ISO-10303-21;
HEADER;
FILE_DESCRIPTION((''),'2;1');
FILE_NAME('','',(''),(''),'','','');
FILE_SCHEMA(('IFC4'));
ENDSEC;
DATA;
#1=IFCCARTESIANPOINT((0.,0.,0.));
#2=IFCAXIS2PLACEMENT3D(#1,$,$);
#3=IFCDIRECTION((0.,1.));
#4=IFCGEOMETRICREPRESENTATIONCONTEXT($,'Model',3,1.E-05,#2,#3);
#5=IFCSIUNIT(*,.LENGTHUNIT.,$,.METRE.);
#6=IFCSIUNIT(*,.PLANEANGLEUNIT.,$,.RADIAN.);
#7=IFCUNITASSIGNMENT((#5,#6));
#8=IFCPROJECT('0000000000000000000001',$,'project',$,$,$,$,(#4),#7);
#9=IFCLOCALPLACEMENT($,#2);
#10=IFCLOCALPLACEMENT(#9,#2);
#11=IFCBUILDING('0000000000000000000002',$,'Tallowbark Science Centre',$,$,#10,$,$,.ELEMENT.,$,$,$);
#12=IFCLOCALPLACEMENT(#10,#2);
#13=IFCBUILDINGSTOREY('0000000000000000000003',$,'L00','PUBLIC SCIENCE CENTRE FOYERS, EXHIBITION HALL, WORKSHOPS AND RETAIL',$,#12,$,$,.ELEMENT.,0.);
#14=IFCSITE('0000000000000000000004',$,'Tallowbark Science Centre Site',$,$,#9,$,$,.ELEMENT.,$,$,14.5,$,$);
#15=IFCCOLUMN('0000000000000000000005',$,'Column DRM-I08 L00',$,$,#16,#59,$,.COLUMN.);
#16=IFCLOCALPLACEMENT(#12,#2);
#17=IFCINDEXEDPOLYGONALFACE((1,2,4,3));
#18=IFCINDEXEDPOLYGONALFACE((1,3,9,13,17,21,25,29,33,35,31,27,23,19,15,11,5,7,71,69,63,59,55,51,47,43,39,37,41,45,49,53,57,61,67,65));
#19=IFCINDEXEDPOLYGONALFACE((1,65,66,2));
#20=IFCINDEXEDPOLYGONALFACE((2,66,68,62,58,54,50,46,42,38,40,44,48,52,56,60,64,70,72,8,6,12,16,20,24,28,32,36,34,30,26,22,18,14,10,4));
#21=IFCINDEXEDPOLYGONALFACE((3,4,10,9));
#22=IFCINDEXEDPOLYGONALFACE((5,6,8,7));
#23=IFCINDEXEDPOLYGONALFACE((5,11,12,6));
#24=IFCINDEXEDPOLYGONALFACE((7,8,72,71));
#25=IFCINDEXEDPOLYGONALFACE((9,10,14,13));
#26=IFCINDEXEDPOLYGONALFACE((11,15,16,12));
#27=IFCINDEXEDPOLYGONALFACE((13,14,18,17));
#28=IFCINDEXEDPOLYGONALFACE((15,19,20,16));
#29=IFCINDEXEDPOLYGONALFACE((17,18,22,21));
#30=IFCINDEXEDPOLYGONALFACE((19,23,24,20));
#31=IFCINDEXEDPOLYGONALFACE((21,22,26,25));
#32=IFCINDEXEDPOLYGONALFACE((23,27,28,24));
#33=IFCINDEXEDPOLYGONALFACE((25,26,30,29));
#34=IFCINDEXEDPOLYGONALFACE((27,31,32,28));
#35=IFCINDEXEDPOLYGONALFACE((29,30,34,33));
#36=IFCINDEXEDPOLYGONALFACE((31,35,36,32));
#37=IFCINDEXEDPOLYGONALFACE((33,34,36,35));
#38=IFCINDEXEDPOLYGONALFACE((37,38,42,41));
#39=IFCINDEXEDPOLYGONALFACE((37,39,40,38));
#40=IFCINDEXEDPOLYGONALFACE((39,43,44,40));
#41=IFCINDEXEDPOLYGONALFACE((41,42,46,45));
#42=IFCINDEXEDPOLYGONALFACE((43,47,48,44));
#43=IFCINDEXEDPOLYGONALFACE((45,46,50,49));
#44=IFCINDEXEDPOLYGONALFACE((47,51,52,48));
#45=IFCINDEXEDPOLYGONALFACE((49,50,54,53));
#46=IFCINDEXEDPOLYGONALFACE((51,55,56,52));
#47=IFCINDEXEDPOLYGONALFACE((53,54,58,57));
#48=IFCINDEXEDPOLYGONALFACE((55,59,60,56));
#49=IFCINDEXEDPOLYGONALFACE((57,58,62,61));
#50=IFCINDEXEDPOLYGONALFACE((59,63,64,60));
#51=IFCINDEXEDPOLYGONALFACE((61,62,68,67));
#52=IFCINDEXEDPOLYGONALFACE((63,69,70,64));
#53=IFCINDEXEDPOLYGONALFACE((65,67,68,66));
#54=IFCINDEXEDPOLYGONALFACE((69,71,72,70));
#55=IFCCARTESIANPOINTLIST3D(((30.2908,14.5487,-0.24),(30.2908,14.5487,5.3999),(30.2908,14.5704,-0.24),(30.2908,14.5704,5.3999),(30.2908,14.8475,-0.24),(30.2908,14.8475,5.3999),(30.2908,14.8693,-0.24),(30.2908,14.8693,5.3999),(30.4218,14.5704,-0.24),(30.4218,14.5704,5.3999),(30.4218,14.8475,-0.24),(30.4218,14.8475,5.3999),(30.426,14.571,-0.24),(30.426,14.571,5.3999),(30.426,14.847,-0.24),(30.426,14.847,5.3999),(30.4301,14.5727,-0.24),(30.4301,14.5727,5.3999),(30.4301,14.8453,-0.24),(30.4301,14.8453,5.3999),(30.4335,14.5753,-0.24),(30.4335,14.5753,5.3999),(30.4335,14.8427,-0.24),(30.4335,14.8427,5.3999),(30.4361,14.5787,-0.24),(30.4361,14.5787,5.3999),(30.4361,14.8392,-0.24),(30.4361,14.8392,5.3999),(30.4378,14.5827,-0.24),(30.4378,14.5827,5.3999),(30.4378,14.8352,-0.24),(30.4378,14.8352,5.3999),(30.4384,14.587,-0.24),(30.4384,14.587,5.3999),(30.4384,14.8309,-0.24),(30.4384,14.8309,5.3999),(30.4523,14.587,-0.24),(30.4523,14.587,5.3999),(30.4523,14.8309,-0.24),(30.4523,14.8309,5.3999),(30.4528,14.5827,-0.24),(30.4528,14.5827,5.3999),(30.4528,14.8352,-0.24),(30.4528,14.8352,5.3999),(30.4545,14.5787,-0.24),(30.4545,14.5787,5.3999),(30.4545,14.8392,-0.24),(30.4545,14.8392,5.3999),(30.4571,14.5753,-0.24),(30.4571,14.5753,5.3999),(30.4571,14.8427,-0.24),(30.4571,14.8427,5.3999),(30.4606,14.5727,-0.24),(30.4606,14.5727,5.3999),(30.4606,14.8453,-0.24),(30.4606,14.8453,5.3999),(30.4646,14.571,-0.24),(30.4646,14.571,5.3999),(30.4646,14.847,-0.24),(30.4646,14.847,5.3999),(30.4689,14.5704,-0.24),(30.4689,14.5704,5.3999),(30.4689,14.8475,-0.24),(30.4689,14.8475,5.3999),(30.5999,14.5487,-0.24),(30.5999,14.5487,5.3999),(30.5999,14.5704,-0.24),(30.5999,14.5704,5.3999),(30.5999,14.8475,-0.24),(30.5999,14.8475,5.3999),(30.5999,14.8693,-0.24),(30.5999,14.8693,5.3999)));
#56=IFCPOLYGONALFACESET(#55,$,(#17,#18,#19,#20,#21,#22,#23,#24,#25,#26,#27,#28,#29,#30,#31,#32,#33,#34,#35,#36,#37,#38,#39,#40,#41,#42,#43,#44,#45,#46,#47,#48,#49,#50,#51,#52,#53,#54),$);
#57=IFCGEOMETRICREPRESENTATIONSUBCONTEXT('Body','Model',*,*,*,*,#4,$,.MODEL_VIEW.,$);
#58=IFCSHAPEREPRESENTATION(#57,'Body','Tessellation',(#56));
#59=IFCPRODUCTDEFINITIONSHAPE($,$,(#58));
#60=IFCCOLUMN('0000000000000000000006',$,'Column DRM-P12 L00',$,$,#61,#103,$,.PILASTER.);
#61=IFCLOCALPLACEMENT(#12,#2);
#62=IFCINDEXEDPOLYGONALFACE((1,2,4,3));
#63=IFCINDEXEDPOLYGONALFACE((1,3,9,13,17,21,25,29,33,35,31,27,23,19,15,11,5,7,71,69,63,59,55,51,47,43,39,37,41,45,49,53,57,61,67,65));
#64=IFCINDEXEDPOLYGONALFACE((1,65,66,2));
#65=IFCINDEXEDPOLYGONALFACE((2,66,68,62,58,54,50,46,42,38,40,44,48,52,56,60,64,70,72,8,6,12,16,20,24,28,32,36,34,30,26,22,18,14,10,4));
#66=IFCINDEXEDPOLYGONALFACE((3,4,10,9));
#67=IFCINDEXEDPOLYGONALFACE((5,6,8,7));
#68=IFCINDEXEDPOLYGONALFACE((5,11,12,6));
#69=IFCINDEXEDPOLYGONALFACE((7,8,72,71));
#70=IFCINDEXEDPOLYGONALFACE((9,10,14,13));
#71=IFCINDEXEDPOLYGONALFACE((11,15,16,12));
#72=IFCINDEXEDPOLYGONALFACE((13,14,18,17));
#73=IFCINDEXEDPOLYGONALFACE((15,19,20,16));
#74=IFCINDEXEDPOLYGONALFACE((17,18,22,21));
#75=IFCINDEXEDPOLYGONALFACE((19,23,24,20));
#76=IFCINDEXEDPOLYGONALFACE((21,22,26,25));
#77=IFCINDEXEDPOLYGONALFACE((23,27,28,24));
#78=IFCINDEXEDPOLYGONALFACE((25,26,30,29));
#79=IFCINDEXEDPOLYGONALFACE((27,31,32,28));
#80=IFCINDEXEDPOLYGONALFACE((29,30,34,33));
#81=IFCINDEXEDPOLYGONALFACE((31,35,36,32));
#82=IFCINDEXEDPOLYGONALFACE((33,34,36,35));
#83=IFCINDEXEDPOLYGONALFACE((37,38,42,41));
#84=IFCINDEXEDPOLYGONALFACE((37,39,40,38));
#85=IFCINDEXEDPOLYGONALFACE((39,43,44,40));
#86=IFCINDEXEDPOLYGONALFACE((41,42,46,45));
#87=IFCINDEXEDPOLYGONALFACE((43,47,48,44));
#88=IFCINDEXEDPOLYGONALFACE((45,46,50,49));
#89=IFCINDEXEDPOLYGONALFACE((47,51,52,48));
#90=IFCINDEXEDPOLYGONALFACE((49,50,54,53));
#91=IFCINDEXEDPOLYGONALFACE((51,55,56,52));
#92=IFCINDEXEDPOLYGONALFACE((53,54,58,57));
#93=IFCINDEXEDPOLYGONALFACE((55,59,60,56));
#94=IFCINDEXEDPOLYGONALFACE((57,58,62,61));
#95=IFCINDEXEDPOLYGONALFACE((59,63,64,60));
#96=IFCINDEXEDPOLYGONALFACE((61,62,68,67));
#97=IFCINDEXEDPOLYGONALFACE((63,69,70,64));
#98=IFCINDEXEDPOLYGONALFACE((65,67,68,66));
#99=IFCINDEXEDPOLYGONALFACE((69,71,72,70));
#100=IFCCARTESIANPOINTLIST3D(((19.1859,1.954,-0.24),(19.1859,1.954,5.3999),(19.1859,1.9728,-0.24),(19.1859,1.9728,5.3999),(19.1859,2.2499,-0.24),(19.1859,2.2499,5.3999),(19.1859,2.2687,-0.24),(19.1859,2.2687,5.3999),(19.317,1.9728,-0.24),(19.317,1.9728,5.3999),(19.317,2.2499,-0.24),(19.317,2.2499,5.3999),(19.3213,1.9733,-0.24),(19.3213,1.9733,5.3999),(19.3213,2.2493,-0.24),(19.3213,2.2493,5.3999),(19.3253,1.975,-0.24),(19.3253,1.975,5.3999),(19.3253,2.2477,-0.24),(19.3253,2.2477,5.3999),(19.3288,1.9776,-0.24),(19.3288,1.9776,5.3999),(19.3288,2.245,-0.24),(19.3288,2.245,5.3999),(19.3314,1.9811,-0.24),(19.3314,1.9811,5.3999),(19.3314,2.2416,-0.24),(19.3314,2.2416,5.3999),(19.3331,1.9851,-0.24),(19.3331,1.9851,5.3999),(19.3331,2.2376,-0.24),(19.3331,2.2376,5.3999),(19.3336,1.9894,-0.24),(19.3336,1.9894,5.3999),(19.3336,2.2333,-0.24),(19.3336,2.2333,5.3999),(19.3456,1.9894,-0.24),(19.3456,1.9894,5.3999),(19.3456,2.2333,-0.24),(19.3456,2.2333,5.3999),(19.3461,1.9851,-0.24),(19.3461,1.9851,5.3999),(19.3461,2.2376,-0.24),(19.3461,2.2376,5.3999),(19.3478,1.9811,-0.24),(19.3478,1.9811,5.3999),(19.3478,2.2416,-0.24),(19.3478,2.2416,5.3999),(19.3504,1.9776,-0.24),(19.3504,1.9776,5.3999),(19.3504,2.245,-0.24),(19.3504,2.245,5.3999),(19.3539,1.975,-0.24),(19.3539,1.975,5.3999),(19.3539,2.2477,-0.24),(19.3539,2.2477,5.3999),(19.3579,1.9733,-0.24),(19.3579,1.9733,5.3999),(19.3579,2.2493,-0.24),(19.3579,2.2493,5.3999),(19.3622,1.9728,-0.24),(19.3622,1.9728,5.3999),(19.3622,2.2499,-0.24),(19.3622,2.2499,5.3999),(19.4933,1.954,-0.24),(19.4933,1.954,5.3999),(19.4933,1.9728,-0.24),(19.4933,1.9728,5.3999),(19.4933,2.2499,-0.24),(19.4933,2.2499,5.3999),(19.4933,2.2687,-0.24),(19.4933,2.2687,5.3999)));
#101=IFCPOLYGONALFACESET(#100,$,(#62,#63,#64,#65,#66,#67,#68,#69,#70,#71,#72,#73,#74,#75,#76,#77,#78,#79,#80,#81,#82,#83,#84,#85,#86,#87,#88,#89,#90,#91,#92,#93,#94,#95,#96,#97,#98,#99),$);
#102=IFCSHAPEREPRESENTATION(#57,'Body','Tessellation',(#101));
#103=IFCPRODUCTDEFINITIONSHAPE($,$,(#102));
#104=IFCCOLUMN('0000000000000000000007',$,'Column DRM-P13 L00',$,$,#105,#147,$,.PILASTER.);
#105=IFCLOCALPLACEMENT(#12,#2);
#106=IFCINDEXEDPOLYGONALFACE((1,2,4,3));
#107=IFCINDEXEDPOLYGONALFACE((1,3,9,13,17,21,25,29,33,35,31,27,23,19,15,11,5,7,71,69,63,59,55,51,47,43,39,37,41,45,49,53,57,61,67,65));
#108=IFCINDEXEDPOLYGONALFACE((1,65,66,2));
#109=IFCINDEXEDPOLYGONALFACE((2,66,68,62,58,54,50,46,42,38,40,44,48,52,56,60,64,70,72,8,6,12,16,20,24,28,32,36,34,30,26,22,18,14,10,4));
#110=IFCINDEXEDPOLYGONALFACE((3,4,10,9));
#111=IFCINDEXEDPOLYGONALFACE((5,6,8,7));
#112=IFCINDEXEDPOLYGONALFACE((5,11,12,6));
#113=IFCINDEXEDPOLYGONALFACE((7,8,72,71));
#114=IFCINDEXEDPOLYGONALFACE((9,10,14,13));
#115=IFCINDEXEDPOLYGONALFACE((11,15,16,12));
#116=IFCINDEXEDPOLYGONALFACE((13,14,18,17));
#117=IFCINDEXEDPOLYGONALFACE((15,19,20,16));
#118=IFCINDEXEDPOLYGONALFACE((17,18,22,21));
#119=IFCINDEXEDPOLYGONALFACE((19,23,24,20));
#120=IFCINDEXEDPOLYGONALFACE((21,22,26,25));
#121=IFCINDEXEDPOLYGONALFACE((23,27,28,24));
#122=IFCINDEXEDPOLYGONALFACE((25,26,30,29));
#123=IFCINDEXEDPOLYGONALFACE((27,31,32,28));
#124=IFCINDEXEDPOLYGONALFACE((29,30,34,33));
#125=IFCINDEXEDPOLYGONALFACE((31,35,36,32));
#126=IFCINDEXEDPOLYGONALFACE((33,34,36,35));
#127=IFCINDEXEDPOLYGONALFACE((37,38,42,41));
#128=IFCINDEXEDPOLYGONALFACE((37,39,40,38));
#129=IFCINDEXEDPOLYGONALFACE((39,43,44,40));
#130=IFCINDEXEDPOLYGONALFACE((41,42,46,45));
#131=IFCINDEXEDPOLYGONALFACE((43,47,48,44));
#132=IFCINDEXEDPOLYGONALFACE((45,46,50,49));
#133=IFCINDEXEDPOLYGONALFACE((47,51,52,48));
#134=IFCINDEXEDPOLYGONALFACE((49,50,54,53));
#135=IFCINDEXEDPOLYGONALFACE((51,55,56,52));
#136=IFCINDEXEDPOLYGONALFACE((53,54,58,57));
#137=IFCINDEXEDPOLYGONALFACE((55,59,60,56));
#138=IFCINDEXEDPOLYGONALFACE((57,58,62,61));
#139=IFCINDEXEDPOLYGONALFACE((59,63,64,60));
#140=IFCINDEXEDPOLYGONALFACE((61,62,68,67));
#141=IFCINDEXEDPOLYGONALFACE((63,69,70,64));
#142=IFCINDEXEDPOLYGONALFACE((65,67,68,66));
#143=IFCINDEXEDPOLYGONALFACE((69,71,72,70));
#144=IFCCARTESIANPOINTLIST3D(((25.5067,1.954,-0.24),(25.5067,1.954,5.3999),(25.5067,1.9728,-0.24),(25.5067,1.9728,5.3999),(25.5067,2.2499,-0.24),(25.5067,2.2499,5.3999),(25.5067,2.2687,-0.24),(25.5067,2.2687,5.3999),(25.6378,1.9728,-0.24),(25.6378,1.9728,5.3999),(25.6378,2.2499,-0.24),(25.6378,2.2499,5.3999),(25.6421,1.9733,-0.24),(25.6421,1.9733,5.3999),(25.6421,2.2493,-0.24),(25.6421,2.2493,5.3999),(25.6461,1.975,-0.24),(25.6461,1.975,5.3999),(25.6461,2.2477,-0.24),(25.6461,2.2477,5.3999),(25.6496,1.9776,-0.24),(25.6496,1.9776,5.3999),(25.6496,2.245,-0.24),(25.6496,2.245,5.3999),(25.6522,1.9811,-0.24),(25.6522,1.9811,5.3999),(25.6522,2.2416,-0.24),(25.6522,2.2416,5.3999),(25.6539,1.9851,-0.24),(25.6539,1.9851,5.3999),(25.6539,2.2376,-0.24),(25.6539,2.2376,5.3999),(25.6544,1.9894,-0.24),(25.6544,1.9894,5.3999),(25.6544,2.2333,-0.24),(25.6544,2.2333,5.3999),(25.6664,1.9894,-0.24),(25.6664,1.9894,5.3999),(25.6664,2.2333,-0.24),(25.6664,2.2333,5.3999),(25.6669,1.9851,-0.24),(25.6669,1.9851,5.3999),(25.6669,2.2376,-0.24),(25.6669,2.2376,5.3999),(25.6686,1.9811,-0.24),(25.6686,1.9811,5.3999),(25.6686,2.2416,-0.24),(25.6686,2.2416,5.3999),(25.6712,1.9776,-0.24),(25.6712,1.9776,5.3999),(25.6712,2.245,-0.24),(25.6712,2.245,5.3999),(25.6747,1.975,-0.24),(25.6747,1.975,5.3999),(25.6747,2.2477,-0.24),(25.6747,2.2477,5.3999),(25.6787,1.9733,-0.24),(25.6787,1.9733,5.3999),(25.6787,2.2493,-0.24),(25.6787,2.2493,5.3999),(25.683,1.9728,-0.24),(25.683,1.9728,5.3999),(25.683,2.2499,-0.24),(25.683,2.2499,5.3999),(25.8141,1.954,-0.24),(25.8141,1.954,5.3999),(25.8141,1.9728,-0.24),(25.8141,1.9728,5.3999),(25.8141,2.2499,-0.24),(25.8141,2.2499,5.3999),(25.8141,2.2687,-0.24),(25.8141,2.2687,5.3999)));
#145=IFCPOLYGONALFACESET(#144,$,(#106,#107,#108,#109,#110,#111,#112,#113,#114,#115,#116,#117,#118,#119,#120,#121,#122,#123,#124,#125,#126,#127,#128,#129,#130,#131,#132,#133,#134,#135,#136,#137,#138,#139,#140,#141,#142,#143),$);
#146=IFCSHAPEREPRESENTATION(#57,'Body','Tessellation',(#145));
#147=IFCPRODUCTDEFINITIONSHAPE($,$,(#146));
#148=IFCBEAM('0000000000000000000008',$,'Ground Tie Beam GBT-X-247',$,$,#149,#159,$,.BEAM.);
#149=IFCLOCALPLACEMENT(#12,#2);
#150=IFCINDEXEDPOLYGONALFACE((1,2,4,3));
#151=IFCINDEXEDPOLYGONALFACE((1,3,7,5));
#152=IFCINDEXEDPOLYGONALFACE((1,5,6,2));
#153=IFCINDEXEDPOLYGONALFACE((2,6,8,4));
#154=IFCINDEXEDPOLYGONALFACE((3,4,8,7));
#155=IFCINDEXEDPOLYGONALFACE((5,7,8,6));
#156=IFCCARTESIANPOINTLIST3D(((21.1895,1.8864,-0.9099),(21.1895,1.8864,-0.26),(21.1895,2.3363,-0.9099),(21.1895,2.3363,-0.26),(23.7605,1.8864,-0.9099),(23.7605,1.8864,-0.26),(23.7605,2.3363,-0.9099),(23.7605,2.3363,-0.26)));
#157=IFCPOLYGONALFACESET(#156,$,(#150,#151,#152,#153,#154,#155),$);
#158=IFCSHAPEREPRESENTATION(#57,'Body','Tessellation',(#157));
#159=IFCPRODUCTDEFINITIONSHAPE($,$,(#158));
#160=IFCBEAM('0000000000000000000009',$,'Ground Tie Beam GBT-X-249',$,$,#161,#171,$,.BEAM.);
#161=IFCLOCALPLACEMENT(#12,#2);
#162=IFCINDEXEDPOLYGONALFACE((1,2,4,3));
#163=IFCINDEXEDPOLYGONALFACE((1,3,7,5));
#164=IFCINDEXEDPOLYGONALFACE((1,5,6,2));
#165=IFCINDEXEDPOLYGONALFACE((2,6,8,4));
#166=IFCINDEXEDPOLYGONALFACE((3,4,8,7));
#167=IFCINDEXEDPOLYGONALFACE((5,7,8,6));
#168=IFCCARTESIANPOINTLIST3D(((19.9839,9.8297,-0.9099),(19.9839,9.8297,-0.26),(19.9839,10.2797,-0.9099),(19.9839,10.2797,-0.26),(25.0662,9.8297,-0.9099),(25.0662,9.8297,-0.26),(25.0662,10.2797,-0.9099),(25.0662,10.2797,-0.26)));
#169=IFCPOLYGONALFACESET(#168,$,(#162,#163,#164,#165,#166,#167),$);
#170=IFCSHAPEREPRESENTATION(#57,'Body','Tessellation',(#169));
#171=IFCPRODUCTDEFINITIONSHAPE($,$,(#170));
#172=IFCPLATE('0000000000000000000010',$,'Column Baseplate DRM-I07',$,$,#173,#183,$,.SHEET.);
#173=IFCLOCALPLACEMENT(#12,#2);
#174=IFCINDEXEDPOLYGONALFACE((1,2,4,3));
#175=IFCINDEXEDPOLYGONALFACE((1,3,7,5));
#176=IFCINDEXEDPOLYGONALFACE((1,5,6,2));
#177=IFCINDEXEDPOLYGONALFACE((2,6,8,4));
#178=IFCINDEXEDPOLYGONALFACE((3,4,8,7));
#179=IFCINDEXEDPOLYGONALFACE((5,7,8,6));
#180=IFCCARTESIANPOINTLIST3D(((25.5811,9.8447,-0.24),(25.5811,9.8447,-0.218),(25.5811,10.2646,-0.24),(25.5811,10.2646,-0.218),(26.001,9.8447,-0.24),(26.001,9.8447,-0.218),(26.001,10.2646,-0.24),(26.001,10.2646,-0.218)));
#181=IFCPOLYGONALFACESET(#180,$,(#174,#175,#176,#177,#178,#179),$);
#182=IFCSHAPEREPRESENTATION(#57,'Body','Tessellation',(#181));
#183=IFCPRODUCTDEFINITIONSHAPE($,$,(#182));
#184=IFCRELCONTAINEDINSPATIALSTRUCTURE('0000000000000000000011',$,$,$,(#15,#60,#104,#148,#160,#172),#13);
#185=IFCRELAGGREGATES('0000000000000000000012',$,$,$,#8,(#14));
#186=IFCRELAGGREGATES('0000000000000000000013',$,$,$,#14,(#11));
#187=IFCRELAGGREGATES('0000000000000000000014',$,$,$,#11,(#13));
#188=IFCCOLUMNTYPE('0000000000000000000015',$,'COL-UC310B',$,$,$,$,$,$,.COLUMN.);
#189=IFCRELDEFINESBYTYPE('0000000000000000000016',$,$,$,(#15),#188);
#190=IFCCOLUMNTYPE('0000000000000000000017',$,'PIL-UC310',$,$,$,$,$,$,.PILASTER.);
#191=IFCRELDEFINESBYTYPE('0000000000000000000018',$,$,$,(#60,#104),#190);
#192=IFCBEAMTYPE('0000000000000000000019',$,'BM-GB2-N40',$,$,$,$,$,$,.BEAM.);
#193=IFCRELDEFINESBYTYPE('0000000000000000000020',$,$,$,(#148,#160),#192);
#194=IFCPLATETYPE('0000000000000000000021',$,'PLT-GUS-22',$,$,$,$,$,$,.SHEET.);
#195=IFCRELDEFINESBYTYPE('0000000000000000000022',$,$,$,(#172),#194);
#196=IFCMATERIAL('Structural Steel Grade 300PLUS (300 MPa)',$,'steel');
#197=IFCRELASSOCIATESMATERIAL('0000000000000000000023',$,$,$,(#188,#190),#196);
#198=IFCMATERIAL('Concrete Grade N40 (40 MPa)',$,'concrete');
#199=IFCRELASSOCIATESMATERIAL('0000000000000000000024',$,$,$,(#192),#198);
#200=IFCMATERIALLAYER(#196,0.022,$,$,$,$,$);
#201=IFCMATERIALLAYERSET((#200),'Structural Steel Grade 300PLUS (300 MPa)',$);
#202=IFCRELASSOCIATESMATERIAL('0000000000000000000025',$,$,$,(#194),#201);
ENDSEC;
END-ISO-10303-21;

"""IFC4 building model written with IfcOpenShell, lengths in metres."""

from ifc_helpers import new_model, si_unit, direction, frame, origin, origin_2d, place, context, subcontext, project, spatial, rectangle, i_section, extrude, material, layer, layer_set, material_profile, profile_set, type_object, element, save


model = new_model("IFC4")

# Units and contexts
model_context = context("Model", 3, precision=1e-05, world=origin(), true_north=direction((0.0, 1.0)))
body_context = subcontext(model_context, "Body", "Model", "MODEL_VIEW")
ifc_project = project(units=[si_unit("LENGTHUNIT", "METRE"), si_unit("PLANEANGLEUNIT", "RADIAN")], contexts=[model_context])

# Site, building, storey
site_placement = place(None, origin())
site = spatial("IfcSite", under=ifc_project, at=site_placement, Name="Tallowbark Science Centre Site", CompositionType="ELEMENT", RefElevation=14.5)
building_placement = place(site_placement, origin())
building = spatial("IfcBuilding", under=site, at=building_placement, Name="Tallowbark Science Centre", CompositionType="ELEMENT")
storey_placement = place(building_placement, origin())
storey = spatial("IfcBuildingStorey", under=building, at=storey_placement, Name="L00", Description="PUBLIC SCIENCE CENTRE FOYERS, EXHIBITION HALL, WORKSHOPS AND RETAIL", CompositionType="ELEMENT", Elevation=0.0)

# Shared definitions
ifc_material_1 = material(Name="Concrete Grade N40 (40 MPa)", Category="concrete")

# Columns
ifc_material_2 = material(Name="Structural Steel Grade 300PLUS (300 MPa)", Category="steel")
ifc_material_profile_1 = material_profile(ifc_material_2, i_section(OverallWidth=0.3091, OverallDepth=0.3206, WebThickness=0.0139, FlangeThickness=0.0217, FilletRadius=0.0166, at=origin_2d()), Name="310UC137")
ifc_profile_set_1 = profile_set([ifc_material_profile_1], Name="Structural Steel Grade 300PLUS (300 MPa)")
column_type_1 = type_object("IfcColumnType", Name="COL-UC310B", PredefinedType="COLUMN", material=ifc_profile_set_1)
for number, where, z_axis, x_axis, name in (
    (1, (30.4453, 14.709, -0.24), (0.0, 0.0, 1.0), (1.0, 0.0, 0.0), "Column DRM-I08 L00"),
):
    element("IfcColumn", number, at=place(storey_placement, frame(where, z_axis=z_axis, x_axis=x_axis)), inside=storey, type_object=column_type_1, Name=name, PredefinedType="COLUMN", context=body_context, shape_type="SweptSolid", body=[
        extrude(i_section(OverallWidth=0.3091, OverallDepth=0.3206, WebThickness=0.0139, FlangeThickness=0.0217, FilletRadius=0.0166, at=origin_2d()), origin(), (0.0, 0.0, 1.0), 5.6399),
    ])
ifc_material_profile_2 = material_profile(ifc_material_2, i_section(OverallWidth=0.3074, OverallDepth=0.3147, WebThickness=0.012, FlangeThickness=0.0188, FilletRadius=0.0166, at=origin_2d()), Name="310UC118")
ifc_profile_set_2 = profile_set([ifc_material_profile_2], Name="Structural Steel Grade 300PLUS (300 MPa)")
column_type_2 = type_object("IfcColumnType", Name="PIL-UC310", PredefinedType="PILASTER", material=ifc_profile_set_2)
for number, where, z_axis, x_axis, name in (
    (2, (19.3396, 2.1113, -0.24), (0.0, 0.0, 1.0), (1.0, 0.0, 0.0), "Column DRM-P12 L00"),
    (3, (25.6604, 2.1113, -0.24), (0.0, 0.0, 1.0), (1.0, 0.0, 0.0), "Column DRM-P13 L00"),
):
    element("IfcColumn", number, at=place(storey_placement, frame(where, z_axis=z_axis, x_axis=x_axis)), inside=storey, type_object=column_type_2, Name=name, PredefinedType="PILASTER", context=body_context, shape_type="SweptSolid", body=[
        extrude(i_section(OverallWidth=0.3074, OverallDepth=0.3147, WebThickness=0.012, FlangeThickness=0.0188, FilletRadius=0.0166, at=origin_2d()), origin(), (0.0, 0.0, 1.0), 5.6399),
    ])

# Beams
ifc_material_profile_3 = material_profile(ifc_material_1, rectangle(XDim=0.45, YDim=0.6499, at=origin_2d()), Name="RC450x650")
ifc_profile_set_3 = profile_set([ifc_material_profile_3], Name="Concrete Grade N40 (40 MPa)")
beam_type = type_object("IfcBeamType", Name="BM-GB2-N40", PredefinedType="BEAM", material=ifc_profile_set_3)
beam_1_placement = place(storey_placement, frame((21.1895, 2.1113, -0.585), z_axis=(1.0, 0.0, 0.0), x_axis=(0.0, 1.0, 0.0)))
element("IfcBeam", 4, at=beam_1_placement, inside=storey, type_object=beam_type, Name="Ground Tie Beam GBT-X-247", PredefinedType="BEAM", context=body_context, shape_type="SweptSolid", body=[
    extrude(rectangle(XDim=0.45, YDim=0.6499, at=origin_2d()), origin(), (0.0, 0.0, 1.0), 2.571),
])
beam_2_placement = place(storey_placement, frame((19.9839, 10.0547, -0.585), z_axis=(1.0, 0.0, 0.0), x_axis=(0.0, 1.0, 0.0)))
element("IfcBeam", 5, at=beam_2_placement, inside=storey, type_object=beam_type, Name="Ground Tie Beam GBT-X-249", PredefinedType="BEAM", context=body_context, shape_type="SweptSolid", body=[
    extrude(rectangle(XDim=0.45, YDim=0.6499, at=origin_2d()), origin(), (0.0, 0.0, 1.0), 5.0823),
])

# Plate
ifc_layer_1 = layer(ifc_material_2, 0.022)
ifc_layer_set_1 = layer_set([ifc_layer_1], Name="Structural Steel Grade 300PLUS (300 MPa)")
plate_type_1 = type_object("IfcPlateType", Name="PLT-GUS-22", PredefinedType="SHEET", material=ifc_layer_set_1)
plate_1_placement = place(storey_placement, frame((25.791, 10.0547, -0.24), z_axis=(0.0, 0.0, 1.0), x_axis=(1.0, 0.0, 0.0)))
element("IfcPlate", 6, at=plate_1_placement, inside=storey, type_object=plate_type_1, Name="Column Baseplate DRM-I07", PredefinedType="SHEET", context=body_context, shape_type="SweptSolid", body=[
    extrude(rectangle(XDim=0.4199, YDim=0.4199, at=origin_2d()), origin(), (0.0, 0.0, 1.0), 0.022),
])

save(model, "model.ifc")
